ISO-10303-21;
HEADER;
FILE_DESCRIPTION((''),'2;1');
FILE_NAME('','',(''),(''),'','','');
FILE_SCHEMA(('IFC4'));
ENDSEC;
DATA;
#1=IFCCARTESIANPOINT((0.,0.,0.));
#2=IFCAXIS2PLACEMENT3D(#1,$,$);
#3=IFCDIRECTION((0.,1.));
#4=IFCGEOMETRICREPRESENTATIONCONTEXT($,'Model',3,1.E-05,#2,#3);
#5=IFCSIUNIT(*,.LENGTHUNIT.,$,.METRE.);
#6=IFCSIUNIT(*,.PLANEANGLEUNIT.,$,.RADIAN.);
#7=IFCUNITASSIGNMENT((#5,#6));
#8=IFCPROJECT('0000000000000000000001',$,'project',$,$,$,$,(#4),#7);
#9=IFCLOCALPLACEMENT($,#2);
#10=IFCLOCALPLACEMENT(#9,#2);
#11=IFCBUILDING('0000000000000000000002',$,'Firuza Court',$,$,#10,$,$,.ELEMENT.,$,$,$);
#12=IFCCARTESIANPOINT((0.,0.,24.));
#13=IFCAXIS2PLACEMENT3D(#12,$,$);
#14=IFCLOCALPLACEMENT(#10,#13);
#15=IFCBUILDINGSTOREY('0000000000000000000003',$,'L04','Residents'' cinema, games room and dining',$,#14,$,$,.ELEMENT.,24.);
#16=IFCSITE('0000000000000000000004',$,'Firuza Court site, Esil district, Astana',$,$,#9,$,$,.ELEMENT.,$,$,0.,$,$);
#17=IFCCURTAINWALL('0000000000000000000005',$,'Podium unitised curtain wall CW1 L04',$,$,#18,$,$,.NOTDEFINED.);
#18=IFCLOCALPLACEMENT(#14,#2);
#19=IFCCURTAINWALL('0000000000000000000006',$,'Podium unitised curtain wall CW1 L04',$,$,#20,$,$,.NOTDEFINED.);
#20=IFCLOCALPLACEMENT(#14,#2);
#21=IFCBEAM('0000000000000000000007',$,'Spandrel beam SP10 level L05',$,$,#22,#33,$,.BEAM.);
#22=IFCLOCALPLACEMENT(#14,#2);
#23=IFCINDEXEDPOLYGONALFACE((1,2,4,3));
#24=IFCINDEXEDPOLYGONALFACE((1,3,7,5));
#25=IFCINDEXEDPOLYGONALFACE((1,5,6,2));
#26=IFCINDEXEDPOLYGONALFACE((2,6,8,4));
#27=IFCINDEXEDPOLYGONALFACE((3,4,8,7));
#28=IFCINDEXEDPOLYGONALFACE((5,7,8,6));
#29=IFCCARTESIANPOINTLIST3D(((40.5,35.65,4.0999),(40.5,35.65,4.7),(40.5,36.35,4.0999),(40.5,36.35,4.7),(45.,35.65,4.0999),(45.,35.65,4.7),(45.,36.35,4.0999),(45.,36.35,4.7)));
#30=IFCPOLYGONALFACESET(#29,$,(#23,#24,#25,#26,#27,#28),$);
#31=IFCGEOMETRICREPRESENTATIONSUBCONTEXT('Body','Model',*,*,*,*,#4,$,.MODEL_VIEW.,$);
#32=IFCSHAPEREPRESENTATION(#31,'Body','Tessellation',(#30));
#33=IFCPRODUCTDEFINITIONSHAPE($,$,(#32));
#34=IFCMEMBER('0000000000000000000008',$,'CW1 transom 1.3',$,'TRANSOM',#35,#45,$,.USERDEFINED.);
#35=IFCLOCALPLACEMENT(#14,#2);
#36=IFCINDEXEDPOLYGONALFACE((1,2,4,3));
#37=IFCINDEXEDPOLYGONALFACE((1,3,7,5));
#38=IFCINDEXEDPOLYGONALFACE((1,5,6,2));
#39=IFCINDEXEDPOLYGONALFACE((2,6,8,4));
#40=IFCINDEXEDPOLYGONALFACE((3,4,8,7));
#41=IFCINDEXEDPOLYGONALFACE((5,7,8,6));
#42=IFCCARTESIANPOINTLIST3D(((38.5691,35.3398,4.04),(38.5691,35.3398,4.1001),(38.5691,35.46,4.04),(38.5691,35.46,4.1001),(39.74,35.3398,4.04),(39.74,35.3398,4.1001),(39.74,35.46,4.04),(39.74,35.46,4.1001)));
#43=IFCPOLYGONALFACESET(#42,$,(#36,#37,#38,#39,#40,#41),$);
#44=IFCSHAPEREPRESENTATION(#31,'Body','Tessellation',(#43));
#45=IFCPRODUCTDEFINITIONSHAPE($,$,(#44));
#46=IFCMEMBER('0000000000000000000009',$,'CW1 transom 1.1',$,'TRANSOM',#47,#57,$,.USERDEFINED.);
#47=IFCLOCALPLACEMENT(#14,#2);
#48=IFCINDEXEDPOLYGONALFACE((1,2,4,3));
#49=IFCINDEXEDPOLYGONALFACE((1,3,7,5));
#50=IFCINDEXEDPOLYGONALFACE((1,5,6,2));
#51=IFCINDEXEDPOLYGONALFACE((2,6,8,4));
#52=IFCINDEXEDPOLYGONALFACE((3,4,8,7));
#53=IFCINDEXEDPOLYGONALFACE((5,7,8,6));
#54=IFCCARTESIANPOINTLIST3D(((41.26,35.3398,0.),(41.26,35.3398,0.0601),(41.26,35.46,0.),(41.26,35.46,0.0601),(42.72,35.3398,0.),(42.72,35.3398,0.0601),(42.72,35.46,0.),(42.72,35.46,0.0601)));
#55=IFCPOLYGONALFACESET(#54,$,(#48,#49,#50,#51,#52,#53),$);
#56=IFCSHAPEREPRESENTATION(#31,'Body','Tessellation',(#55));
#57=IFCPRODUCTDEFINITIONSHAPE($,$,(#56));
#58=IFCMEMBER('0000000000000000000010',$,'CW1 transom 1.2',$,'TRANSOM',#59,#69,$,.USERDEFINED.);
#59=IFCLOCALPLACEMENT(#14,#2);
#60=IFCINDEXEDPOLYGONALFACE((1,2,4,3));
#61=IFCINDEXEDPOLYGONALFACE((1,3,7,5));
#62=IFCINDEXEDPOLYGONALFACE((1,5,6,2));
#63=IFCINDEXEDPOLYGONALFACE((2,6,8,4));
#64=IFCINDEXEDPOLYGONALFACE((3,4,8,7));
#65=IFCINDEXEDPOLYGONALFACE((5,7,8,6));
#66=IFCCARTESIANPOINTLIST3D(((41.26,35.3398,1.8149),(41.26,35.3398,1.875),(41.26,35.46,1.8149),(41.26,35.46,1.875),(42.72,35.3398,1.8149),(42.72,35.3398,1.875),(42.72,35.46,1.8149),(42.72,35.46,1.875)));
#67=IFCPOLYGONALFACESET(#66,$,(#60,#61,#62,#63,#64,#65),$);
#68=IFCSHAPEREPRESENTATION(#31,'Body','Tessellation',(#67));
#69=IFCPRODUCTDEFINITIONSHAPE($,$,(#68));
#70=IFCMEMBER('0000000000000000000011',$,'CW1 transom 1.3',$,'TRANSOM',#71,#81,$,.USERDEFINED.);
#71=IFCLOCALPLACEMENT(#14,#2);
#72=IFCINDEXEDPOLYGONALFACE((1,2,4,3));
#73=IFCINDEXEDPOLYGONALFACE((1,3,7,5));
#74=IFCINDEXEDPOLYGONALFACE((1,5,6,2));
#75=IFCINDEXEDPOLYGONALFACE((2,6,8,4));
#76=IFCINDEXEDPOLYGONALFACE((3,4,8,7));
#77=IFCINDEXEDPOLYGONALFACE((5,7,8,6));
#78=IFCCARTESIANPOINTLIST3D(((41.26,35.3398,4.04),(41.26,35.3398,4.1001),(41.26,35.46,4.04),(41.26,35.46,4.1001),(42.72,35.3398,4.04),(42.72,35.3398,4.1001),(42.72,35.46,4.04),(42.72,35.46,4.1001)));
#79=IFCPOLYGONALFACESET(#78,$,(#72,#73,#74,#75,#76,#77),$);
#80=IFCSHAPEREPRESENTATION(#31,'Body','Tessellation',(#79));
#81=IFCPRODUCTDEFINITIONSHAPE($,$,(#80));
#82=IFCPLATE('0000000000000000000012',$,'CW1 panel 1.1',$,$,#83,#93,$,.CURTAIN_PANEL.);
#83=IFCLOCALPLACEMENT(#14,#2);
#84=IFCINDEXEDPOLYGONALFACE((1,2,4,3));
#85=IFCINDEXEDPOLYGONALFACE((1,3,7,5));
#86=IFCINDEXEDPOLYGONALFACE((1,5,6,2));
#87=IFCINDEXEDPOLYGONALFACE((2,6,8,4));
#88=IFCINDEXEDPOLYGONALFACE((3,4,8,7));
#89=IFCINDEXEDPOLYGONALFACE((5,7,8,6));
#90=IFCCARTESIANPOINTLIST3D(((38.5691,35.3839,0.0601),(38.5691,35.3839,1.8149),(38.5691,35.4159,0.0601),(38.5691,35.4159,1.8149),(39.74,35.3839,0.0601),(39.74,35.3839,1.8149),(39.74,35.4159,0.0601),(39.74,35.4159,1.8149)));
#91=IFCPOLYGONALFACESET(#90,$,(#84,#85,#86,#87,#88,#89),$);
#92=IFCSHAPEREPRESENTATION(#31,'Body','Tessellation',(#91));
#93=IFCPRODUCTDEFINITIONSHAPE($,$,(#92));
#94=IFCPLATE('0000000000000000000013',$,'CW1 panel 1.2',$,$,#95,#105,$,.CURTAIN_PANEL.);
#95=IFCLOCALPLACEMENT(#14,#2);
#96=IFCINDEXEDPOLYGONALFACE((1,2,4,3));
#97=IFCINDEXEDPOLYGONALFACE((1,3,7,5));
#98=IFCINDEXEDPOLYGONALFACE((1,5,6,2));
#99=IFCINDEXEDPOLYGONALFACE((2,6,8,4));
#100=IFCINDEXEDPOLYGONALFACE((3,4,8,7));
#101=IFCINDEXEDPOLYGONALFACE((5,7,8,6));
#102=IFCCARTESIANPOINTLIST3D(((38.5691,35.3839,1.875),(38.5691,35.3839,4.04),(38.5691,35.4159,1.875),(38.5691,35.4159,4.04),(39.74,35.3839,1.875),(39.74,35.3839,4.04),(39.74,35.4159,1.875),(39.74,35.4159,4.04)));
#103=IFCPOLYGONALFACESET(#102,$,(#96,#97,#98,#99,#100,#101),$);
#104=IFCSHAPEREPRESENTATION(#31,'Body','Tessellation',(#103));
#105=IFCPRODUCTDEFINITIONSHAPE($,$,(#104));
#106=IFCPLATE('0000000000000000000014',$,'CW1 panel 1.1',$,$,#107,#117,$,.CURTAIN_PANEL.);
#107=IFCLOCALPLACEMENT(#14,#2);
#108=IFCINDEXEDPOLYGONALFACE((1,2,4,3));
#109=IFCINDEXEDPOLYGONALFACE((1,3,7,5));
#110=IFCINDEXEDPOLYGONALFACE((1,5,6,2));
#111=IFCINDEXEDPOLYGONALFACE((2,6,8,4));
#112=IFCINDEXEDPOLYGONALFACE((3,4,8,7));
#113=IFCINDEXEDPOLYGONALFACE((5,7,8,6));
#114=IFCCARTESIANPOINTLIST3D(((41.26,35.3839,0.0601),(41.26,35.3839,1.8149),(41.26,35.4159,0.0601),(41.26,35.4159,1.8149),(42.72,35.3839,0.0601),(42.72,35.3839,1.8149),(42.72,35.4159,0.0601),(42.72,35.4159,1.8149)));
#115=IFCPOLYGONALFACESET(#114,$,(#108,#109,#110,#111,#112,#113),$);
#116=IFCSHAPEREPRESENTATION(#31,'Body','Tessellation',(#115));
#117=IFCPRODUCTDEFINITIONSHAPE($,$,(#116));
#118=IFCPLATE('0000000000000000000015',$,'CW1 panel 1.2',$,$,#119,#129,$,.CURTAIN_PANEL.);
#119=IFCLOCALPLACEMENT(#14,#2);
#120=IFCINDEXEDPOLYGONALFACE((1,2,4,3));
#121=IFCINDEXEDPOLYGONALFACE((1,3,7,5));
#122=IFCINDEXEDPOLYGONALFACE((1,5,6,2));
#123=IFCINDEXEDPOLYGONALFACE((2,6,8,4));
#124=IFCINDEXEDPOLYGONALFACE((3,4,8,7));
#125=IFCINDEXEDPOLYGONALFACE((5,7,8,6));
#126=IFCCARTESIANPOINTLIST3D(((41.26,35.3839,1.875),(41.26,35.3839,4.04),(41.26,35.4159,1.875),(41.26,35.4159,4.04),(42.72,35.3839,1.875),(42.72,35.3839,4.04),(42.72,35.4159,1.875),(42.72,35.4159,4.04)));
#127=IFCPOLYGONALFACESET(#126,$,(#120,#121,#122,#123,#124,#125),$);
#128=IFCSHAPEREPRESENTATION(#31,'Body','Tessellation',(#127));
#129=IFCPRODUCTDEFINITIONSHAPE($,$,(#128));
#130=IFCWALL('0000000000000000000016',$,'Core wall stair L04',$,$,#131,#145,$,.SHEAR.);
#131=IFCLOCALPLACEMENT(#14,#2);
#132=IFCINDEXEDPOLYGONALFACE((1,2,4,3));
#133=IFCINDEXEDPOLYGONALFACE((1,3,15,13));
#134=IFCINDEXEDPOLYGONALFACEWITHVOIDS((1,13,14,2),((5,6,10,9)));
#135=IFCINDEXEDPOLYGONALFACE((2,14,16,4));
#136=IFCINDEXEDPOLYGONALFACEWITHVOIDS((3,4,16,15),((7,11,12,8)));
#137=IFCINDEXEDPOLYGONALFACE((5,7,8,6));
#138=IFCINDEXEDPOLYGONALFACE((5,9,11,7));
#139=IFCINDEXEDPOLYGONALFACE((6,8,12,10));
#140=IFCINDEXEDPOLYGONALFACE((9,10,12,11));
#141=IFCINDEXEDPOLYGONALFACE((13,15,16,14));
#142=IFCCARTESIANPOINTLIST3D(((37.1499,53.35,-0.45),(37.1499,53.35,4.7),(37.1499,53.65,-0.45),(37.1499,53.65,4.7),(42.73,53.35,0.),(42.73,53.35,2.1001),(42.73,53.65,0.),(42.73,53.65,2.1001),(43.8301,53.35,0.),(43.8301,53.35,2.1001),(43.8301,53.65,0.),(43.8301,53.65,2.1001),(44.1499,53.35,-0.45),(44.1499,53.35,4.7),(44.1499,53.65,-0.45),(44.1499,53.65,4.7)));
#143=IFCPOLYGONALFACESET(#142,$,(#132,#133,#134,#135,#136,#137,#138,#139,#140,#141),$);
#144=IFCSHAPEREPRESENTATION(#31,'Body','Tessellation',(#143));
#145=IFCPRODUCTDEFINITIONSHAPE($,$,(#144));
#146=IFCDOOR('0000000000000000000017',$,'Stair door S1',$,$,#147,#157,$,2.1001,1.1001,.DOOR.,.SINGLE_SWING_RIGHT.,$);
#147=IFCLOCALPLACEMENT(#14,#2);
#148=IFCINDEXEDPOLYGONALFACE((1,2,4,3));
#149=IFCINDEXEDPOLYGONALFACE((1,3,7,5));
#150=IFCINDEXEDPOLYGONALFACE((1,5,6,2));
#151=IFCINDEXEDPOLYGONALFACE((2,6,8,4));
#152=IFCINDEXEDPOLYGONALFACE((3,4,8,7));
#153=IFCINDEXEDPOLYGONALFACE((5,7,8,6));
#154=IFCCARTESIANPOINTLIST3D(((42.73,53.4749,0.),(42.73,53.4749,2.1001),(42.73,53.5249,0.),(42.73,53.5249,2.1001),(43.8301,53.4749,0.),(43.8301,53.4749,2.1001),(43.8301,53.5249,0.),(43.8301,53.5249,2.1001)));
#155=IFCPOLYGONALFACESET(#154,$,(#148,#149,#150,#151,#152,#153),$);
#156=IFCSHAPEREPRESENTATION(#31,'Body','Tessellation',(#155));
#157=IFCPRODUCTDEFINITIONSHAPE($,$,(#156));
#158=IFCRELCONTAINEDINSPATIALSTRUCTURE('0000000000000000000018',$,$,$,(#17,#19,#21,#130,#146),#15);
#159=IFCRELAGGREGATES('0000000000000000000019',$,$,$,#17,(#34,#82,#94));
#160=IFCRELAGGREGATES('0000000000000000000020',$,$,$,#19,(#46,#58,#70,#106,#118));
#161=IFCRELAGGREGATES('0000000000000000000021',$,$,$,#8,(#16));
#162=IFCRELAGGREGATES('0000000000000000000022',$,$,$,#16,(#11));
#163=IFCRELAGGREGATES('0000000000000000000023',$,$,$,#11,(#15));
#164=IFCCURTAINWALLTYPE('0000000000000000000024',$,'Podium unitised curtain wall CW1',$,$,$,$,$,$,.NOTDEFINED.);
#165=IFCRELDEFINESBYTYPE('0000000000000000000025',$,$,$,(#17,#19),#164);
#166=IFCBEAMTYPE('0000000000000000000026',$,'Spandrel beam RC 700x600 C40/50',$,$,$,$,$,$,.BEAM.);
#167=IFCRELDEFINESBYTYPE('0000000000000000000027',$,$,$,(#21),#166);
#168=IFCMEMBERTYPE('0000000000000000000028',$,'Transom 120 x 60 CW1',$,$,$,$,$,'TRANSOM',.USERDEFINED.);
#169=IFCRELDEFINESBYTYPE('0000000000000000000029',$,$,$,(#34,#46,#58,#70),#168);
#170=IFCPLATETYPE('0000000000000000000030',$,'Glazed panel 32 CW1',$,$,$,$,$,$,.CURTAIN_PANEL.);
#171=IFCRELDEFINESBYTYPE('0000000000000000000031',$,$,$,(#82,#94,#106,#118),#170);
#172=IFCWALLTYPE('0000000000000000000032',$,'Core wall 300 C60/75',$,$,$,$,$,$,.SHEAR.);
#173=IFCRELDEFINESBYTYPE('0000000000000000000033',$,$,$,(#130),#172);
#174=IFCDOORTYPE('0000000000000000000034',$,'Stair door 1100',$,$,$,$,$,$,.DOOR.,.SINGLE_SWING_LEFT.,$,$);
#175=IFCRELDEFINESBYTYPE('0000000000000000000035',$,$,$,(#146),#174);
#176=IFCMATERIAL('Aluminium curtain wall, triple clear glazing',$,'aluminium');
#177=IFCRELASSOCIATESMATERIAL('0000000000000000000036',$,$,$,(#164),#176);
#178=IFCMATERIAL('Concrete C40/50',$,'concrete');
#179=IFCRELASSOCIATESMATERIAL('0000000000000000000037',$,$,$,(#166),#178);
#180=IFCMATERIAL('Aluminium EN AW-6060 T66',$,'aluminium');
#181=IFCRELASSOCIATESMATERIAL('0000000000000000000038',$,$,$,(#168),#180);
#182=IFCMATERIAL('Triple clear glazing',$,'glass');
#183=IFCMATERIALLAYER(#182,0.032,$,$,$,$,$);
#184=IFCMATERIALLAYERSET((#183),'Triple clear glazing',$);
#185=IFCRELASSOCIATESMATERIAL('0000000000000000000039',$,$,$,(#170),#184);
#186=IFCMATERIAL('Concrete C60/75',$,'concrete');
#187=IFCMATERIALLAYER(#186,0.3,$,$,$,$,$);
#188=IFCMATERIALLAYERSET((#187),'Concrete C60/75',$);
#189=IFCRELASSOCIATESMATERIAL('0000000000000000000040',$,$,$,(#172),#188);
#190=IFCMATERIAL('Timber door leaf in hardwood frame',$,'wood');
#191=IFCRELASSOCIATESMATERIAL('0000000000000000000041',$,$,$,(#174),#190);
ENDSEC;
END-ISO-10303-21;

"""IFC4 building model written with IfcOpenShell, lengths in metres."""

from ifc_helpers import new_model, si_unit, direction, frame, frame_2d, origin, origin_2d, place, context, subcontext, project, spatial, rectangle, extrude, material, layer, layer_set, material_profile, profile_set, type_object, element, fill, aggregate, save


model = new_model("IFC4")

# Units and contexts
model_context = context("Model", 3, precision=1e-05, world=origin(), true_north=direction((0.0, 1.0)))
body_context = subcontext(model_context, "Body", "Model", "MODEL_VIEW")
ifc_project = project(units=[si_unit("LENGTHUNIT", "METRE"), si_unit("PLANEANGLEUNIT", "RADIAN")], contexts=[model_context])

# Site, building, storey
site_placement = place(None, origin())
site = spatial("IfcSite", under=ifc_project, at=site_placement, Name="Firuza Court site, Esil district, Astana", CompositionType="ELEMENT", RefElevation=0.0)
building_placement = place(site_placement, origin())
building = spatial("IfcBuilding", under=site, at=building_placement, Name="Firuza Court", CompositionType="ELEMENT")
storey_placement = place(building_placement, frame((0.0, 0.0, 24.0)))
storey = spatial("IfcBuildingStorey", under=building, at=storey_placement, Name="L04", Description="Residents' cinema, games room and dining", CompositionType="ELEMENT", Elevation=24.0)

# Curtain walls
ifc_material_1 = material(Name="Aluminium curtain wall, triple clear glazing", Category="aluminium")
curtain_wall_type = type_object("IfcCurtainWallType", Name="Podium unitised curtain wall CW1", PredefinedType="NOTDEFINED", material=ifc_material_1)
curtain_wall_1_placement = place(storey_placement, origin())
curtain_wall_1 = element("IfcCurtainWall", 1, at=curtain_wall_1_placement, inside=storey, type_object=curtain_wall_type, Name="Podium unitised curtain wall CW1 L04", PredefinedType="NOTDEFINED")
curtain_wall_2_placement = place(storey_placement, origin())
curtain_wall_2 = element("IfcCurtainWall", 2, at=curtain_wall_2_placement, inside=storey, type_object=curtain_wall_type, Name="Podium unitised curtain wall CW1 L04", PredefinedType="NOTDEFINED")

# Beam
ifc_material_2 = material(Name="Concrete C40/50", Category="concrete")
ifc_material_profile_1 = material_profile(ifc_material_2, rectangle(XDim=0.7, YDim=0.6001, at=origin_2d()), Name="RC 700x600")
ifc_profile_set_1 = profile_set([ifc_material_profile_1], Name="Concrete C40/50")
beam_type_1 = type_object("IfcBeamType", Name="Spandrel beam RC 700x600 C40/50", PredefinedType="BEAM", material=ifc_profile_set_1)
for number, where, z_axis, x_axis, name in (
    (3, (40.5, 36.0, 4.3999), (1.0, 0.0, 0.0), (0.0, 1.0, 0.0), "Spandrel beam SP10 level L05"),
):
    element("IfcBeam", number, at=place(storey_placement, frame(where, z_axis=z_axis, x_axis=x_axis)), inside=storey, type_object=beam_type_1, Name=name, PredefinedType="BEAM", context=body_context, shape_type="SweptSolid", body=[
        extrude(rectangle(XDim=0.7, YDim=0.6001, at=origin_2d()), origin(), (0.0, 0.0, 1.0), 4.5),
    ])

# Members
ifc_material_3 = material(Name="Aluminium EN AW-6060 T66", Category="aluminium")
ifc_material_profile_2 = material_profile(ifc_material_3, rectangle(XDim=0.1201, YDim=0.0601, at=origin_2d()), Name="Transom 120 x 60 CW1")
ifc_profile_set_2 = profile_set([ifc_material_profile_2], Name="Aluminium EN AW-6060 T66")
member_type_1 = type_object("IfcMemberType", Name="Transom 120 x 60 CW1", ElementType="TRANSOM", PredefinedType="USERDEFINED", material=ifc_profile_set_2)
member_1_placement = place(storey_placement, frame((38.5691, 35.3999, 4.0701), z_axis=(1.0, 0.0, 0.0), x_axis=(0.0, 1.0, 0.0)))
member_1 = element("IfcMember", 4, at=member_1_placement, type_object=member_type_1, Name="CW1 transom 1.3", ObjectType="TRANSOM", PredefinedType="USERDEFINED", context=body_context, shape_type="SweptSolid", body=[
    extrude(rectangle(XDim=0.1201, YDim=0.0601, at=origin_2d()), origin(), (0.0, 0.0, 1.0), 1.1709),
])
member_2_placement = place(storey_placement, frame((41.26, 35.3999, 0.03), z_axis=(1.0, 0.0, 0.0), x_axis=(0.0, 1.0, 0.0)))
member_2 = element("IfcMember", 5, at=member_2_placement, type_object=member_type_1, Name="CW1 transom 1.1", ObjectType="TRANSOM", PredefinedType="USERDEFINED", context=body_context, shape_type="SweptSolid", body=[
    extrude(rectangle(XDim=0.1201, YDim=0.0601, at=origin_2d()), origin(), (0.0, 0.0, 1.0), 1.46),
])
member_3_placement = place(storey_placement, frame((41.26, 35.3999, 1.845), z_axis=(1.0, 0.0, 0.0), x_axis=(0.0, 1.0, 0.0)))
member_3 = element("IfcMember", 6, at=member_3_placement, type_object=member_type_1, Name="CW1 transom 1.2", ObjectType="TRANSOM", PredefinedType="USERDEFINED", context=body_context, shape_type="SweptSolid", body=[
    extrude(rectangle(XDim=0.1201, YDim=0.0601, at=origin_2d()), origin(), (0.0, 0.0, 1.0), 1.46),
])
member_4_placement = place(storey_placement, frame((41.26, 35.3999, 4.0701), z_axis=(1.0, 0.0, 0.0), x_axis=(0.0, 1.0, 0.0)))
member_4 = element("IfcMember", 7, at=member_4_placement, type_object=member_type_1, Name="CW1 transom 1.3", ObjectType="TRANSOM", PredefinedType="USERDEFINED", context=body_context, shape_type="SweptSolid", body=[
    extrude(rectangle(XDim=0.1201, YDim=0.0601, at=origin_2d()), origin(), (0.0, 0.0, 1.0), 1.46),
])

# Plates
ifc_material_4 = material(Name="Triple clear glazing", Category="glass")
ifc_layer_1 = layer(ifc_material_4, 0.032)
ifc_layer_set_1 = layer_set([ifc_layer_1], Name="Triple clear glazing")
plate_type = type_object("IfcPlateType", Name="Glazed panel 32 CW1", PredefinedType="CURTAIN_PANEL", material=ifc_layer_set_1)
plate_1_placement = place(storey_placement, frame((39.1545, 35.3999, 0.0601), z_axis=(0.0, 0.0, 1.0), x_axis=(1.0, 0.0, 0.0)))
plate_1 = element("IfcPlate", 8, at=plate_1_placement, type_object=plate_type, Name="CW1 panel 1.1", PredefinedType="CURTAIN_PANEL", context=body_context, shape_type="SweptSolid", body=[
    extrude(rectangle(XDim=1.1709, YDim=0.032, at=origin_2d()), origin(), (0.0, 0.0, 1.0), 1.7549),
])
plate_2_placement = place(storey_placement, frame((39.1545, 35.3999, 1.875), z_axis=(0.0, 0.0, 1.0), x_axis=(1.0, 0.0, 0.0)))
plate_2 = element("IfcPlate", 9, at=plate_2_placement, type_object=plate_type, Name="CW1 panel 1.2", PredefinedType="CURTAIN_PANEL", context=body_context, shape_type="SweptSolid", body=[
    extrude(rectangle(XDim=1.1709, YDim=0.032, at=origin_2d()), origin(), (0.0, 0.0, 1.0), 2.165),
])
aggregate(curtain_wall_1, [member_1, plate_1, plate_2])
plate_3_placement = place(storey_placement, frame((41.99, 35.3999, 0.0601), z_axis=(0.0, 0.0, 1.0), x_axis=(1.0, 0.0, 0.0)))
plate_3 = element("IfcPlate", 10, at=plate_3_placement, type_object=plate_type, Name="CW1 panel 1.1", PredefinedType="CURTAIN_PANEL", context=body_context, shape_type="SweptSolid", body=[
    extrude(rectangle(XDim=1.46, YDim=0.032, at=origin_2d()), origin(), (0.0, 0.0, 1.0), 1.7549),
])
plate_4_placement = place(storey_placement, frame((41.99, 35.3999, 1.875), z_axis=(0.0, 0.0, 1.0), x_axis=(1.0, 0.0, 0.0)))
plate_4 = element("IfcPlate", 11, at=plate_4_placement, type_object=plate_type, Name="CW1 panel 1.2", PredefinedType="CURTAIN_PANEL", context=body_context, shape_type="SweptSolid", body=[
    extrude(rectangle(XDim=1.46, YDim=0.032, at=origin_2d()), origin(), (0.0, 0.0, 1.0), 2.165),
])
aggregate(curtain_wall_2, [member_2, member_3, member_4, plate_3, plate_4])

# Wall, opening, door
ifc_material_5 = material(Name="Concrete C60/75", Category="concrete")
ifc_layer_2 = layer(ifc_material_5, 0.3)
ifc_layer_set_2 = layer_set([ifc_layer_2], Name="Concrete C60/75")
wall_type_1 = type_object("IfcWallType", Name="Core wall 300 C60/75", PredefinedType="SHEAR", material=ifc_layer_set_2)
wall_1_placement = place(storey_placement, frame((37.1499, 53.5, -0.45), z_axis=(0.0, 0.0, 1.0), x_axis=(1.0, 0.0, 0.0)))
wall_1 = element("IfcWall", 12, at=wall_1_placement, inside=storey, type_object=wall_type_1, Name="Core wall stair L04", PredefinedType="SHEAR", context=body_context, shape_type="SweptSolid", body=[
    extrude(rectangle(XDim=7.0, YDim=0.3, at=frame_2d((3.5, 0.0))), origin(), (0.0, 0.0, 1.0), 5.1499),
])
opening_1_placement = place(wall_1_placement, frame((5.5801, 0.0, 0.45)))
opening_1 = element("IfcOpeningElement", 13, at=opening_1_placement, cuts=wall_1, PredefinedType="OPENING", context=body_context, shape_type="SweptSolid", body=[
    extrude(rectangle(XDim=1.1001, YDim=2.1001, at=frame_2d((0.55, 1.05))), frame((0.0, 0.1621, 0.0), z_axis=(0.0, -1.0, 0.0), x_axis=(1.0, 0.0, 0.0)), (0.0, 0.0, 1.0), 0.324),
])
ifc_material_6 = material(Name="Timber door leaf in hardwood frame", Category="wood")
door_type_1 = type_object("IfcDoorType", Name="Stair door 1100", OperationType="SINGLE_SWING_LEFT", PredefinedType="DOOR", material=ifc_material_6)
door_1_placement = place(opening_1_placement, origin())
door_1 = element("IfcDoor", 14, at=door_1_placement, inside=storey, type_object=door_type_1, Name="Stair door S1", OperationType="SINGLE_SWING_RIGHT", OverallHeight=2.1001, OverallWidth=1.1001, PredefinedType="DOOR", context=body_context, shape_type="SweptSolid", body=[
    extrude(rectangle(XDim=1.1001, YDim=2.1001, at=frame_2d((0.55, 1.05))), frame((0.0, 0.0249, 0.0), z_axis=(0.0, -1.0, 0.0), x_axis=(1.0, 0.0, 0.0)), (0.0, 0.0, 1.0), 0.05),
])
fill(opening_1, door_1)

save(model, "model.ifc")
